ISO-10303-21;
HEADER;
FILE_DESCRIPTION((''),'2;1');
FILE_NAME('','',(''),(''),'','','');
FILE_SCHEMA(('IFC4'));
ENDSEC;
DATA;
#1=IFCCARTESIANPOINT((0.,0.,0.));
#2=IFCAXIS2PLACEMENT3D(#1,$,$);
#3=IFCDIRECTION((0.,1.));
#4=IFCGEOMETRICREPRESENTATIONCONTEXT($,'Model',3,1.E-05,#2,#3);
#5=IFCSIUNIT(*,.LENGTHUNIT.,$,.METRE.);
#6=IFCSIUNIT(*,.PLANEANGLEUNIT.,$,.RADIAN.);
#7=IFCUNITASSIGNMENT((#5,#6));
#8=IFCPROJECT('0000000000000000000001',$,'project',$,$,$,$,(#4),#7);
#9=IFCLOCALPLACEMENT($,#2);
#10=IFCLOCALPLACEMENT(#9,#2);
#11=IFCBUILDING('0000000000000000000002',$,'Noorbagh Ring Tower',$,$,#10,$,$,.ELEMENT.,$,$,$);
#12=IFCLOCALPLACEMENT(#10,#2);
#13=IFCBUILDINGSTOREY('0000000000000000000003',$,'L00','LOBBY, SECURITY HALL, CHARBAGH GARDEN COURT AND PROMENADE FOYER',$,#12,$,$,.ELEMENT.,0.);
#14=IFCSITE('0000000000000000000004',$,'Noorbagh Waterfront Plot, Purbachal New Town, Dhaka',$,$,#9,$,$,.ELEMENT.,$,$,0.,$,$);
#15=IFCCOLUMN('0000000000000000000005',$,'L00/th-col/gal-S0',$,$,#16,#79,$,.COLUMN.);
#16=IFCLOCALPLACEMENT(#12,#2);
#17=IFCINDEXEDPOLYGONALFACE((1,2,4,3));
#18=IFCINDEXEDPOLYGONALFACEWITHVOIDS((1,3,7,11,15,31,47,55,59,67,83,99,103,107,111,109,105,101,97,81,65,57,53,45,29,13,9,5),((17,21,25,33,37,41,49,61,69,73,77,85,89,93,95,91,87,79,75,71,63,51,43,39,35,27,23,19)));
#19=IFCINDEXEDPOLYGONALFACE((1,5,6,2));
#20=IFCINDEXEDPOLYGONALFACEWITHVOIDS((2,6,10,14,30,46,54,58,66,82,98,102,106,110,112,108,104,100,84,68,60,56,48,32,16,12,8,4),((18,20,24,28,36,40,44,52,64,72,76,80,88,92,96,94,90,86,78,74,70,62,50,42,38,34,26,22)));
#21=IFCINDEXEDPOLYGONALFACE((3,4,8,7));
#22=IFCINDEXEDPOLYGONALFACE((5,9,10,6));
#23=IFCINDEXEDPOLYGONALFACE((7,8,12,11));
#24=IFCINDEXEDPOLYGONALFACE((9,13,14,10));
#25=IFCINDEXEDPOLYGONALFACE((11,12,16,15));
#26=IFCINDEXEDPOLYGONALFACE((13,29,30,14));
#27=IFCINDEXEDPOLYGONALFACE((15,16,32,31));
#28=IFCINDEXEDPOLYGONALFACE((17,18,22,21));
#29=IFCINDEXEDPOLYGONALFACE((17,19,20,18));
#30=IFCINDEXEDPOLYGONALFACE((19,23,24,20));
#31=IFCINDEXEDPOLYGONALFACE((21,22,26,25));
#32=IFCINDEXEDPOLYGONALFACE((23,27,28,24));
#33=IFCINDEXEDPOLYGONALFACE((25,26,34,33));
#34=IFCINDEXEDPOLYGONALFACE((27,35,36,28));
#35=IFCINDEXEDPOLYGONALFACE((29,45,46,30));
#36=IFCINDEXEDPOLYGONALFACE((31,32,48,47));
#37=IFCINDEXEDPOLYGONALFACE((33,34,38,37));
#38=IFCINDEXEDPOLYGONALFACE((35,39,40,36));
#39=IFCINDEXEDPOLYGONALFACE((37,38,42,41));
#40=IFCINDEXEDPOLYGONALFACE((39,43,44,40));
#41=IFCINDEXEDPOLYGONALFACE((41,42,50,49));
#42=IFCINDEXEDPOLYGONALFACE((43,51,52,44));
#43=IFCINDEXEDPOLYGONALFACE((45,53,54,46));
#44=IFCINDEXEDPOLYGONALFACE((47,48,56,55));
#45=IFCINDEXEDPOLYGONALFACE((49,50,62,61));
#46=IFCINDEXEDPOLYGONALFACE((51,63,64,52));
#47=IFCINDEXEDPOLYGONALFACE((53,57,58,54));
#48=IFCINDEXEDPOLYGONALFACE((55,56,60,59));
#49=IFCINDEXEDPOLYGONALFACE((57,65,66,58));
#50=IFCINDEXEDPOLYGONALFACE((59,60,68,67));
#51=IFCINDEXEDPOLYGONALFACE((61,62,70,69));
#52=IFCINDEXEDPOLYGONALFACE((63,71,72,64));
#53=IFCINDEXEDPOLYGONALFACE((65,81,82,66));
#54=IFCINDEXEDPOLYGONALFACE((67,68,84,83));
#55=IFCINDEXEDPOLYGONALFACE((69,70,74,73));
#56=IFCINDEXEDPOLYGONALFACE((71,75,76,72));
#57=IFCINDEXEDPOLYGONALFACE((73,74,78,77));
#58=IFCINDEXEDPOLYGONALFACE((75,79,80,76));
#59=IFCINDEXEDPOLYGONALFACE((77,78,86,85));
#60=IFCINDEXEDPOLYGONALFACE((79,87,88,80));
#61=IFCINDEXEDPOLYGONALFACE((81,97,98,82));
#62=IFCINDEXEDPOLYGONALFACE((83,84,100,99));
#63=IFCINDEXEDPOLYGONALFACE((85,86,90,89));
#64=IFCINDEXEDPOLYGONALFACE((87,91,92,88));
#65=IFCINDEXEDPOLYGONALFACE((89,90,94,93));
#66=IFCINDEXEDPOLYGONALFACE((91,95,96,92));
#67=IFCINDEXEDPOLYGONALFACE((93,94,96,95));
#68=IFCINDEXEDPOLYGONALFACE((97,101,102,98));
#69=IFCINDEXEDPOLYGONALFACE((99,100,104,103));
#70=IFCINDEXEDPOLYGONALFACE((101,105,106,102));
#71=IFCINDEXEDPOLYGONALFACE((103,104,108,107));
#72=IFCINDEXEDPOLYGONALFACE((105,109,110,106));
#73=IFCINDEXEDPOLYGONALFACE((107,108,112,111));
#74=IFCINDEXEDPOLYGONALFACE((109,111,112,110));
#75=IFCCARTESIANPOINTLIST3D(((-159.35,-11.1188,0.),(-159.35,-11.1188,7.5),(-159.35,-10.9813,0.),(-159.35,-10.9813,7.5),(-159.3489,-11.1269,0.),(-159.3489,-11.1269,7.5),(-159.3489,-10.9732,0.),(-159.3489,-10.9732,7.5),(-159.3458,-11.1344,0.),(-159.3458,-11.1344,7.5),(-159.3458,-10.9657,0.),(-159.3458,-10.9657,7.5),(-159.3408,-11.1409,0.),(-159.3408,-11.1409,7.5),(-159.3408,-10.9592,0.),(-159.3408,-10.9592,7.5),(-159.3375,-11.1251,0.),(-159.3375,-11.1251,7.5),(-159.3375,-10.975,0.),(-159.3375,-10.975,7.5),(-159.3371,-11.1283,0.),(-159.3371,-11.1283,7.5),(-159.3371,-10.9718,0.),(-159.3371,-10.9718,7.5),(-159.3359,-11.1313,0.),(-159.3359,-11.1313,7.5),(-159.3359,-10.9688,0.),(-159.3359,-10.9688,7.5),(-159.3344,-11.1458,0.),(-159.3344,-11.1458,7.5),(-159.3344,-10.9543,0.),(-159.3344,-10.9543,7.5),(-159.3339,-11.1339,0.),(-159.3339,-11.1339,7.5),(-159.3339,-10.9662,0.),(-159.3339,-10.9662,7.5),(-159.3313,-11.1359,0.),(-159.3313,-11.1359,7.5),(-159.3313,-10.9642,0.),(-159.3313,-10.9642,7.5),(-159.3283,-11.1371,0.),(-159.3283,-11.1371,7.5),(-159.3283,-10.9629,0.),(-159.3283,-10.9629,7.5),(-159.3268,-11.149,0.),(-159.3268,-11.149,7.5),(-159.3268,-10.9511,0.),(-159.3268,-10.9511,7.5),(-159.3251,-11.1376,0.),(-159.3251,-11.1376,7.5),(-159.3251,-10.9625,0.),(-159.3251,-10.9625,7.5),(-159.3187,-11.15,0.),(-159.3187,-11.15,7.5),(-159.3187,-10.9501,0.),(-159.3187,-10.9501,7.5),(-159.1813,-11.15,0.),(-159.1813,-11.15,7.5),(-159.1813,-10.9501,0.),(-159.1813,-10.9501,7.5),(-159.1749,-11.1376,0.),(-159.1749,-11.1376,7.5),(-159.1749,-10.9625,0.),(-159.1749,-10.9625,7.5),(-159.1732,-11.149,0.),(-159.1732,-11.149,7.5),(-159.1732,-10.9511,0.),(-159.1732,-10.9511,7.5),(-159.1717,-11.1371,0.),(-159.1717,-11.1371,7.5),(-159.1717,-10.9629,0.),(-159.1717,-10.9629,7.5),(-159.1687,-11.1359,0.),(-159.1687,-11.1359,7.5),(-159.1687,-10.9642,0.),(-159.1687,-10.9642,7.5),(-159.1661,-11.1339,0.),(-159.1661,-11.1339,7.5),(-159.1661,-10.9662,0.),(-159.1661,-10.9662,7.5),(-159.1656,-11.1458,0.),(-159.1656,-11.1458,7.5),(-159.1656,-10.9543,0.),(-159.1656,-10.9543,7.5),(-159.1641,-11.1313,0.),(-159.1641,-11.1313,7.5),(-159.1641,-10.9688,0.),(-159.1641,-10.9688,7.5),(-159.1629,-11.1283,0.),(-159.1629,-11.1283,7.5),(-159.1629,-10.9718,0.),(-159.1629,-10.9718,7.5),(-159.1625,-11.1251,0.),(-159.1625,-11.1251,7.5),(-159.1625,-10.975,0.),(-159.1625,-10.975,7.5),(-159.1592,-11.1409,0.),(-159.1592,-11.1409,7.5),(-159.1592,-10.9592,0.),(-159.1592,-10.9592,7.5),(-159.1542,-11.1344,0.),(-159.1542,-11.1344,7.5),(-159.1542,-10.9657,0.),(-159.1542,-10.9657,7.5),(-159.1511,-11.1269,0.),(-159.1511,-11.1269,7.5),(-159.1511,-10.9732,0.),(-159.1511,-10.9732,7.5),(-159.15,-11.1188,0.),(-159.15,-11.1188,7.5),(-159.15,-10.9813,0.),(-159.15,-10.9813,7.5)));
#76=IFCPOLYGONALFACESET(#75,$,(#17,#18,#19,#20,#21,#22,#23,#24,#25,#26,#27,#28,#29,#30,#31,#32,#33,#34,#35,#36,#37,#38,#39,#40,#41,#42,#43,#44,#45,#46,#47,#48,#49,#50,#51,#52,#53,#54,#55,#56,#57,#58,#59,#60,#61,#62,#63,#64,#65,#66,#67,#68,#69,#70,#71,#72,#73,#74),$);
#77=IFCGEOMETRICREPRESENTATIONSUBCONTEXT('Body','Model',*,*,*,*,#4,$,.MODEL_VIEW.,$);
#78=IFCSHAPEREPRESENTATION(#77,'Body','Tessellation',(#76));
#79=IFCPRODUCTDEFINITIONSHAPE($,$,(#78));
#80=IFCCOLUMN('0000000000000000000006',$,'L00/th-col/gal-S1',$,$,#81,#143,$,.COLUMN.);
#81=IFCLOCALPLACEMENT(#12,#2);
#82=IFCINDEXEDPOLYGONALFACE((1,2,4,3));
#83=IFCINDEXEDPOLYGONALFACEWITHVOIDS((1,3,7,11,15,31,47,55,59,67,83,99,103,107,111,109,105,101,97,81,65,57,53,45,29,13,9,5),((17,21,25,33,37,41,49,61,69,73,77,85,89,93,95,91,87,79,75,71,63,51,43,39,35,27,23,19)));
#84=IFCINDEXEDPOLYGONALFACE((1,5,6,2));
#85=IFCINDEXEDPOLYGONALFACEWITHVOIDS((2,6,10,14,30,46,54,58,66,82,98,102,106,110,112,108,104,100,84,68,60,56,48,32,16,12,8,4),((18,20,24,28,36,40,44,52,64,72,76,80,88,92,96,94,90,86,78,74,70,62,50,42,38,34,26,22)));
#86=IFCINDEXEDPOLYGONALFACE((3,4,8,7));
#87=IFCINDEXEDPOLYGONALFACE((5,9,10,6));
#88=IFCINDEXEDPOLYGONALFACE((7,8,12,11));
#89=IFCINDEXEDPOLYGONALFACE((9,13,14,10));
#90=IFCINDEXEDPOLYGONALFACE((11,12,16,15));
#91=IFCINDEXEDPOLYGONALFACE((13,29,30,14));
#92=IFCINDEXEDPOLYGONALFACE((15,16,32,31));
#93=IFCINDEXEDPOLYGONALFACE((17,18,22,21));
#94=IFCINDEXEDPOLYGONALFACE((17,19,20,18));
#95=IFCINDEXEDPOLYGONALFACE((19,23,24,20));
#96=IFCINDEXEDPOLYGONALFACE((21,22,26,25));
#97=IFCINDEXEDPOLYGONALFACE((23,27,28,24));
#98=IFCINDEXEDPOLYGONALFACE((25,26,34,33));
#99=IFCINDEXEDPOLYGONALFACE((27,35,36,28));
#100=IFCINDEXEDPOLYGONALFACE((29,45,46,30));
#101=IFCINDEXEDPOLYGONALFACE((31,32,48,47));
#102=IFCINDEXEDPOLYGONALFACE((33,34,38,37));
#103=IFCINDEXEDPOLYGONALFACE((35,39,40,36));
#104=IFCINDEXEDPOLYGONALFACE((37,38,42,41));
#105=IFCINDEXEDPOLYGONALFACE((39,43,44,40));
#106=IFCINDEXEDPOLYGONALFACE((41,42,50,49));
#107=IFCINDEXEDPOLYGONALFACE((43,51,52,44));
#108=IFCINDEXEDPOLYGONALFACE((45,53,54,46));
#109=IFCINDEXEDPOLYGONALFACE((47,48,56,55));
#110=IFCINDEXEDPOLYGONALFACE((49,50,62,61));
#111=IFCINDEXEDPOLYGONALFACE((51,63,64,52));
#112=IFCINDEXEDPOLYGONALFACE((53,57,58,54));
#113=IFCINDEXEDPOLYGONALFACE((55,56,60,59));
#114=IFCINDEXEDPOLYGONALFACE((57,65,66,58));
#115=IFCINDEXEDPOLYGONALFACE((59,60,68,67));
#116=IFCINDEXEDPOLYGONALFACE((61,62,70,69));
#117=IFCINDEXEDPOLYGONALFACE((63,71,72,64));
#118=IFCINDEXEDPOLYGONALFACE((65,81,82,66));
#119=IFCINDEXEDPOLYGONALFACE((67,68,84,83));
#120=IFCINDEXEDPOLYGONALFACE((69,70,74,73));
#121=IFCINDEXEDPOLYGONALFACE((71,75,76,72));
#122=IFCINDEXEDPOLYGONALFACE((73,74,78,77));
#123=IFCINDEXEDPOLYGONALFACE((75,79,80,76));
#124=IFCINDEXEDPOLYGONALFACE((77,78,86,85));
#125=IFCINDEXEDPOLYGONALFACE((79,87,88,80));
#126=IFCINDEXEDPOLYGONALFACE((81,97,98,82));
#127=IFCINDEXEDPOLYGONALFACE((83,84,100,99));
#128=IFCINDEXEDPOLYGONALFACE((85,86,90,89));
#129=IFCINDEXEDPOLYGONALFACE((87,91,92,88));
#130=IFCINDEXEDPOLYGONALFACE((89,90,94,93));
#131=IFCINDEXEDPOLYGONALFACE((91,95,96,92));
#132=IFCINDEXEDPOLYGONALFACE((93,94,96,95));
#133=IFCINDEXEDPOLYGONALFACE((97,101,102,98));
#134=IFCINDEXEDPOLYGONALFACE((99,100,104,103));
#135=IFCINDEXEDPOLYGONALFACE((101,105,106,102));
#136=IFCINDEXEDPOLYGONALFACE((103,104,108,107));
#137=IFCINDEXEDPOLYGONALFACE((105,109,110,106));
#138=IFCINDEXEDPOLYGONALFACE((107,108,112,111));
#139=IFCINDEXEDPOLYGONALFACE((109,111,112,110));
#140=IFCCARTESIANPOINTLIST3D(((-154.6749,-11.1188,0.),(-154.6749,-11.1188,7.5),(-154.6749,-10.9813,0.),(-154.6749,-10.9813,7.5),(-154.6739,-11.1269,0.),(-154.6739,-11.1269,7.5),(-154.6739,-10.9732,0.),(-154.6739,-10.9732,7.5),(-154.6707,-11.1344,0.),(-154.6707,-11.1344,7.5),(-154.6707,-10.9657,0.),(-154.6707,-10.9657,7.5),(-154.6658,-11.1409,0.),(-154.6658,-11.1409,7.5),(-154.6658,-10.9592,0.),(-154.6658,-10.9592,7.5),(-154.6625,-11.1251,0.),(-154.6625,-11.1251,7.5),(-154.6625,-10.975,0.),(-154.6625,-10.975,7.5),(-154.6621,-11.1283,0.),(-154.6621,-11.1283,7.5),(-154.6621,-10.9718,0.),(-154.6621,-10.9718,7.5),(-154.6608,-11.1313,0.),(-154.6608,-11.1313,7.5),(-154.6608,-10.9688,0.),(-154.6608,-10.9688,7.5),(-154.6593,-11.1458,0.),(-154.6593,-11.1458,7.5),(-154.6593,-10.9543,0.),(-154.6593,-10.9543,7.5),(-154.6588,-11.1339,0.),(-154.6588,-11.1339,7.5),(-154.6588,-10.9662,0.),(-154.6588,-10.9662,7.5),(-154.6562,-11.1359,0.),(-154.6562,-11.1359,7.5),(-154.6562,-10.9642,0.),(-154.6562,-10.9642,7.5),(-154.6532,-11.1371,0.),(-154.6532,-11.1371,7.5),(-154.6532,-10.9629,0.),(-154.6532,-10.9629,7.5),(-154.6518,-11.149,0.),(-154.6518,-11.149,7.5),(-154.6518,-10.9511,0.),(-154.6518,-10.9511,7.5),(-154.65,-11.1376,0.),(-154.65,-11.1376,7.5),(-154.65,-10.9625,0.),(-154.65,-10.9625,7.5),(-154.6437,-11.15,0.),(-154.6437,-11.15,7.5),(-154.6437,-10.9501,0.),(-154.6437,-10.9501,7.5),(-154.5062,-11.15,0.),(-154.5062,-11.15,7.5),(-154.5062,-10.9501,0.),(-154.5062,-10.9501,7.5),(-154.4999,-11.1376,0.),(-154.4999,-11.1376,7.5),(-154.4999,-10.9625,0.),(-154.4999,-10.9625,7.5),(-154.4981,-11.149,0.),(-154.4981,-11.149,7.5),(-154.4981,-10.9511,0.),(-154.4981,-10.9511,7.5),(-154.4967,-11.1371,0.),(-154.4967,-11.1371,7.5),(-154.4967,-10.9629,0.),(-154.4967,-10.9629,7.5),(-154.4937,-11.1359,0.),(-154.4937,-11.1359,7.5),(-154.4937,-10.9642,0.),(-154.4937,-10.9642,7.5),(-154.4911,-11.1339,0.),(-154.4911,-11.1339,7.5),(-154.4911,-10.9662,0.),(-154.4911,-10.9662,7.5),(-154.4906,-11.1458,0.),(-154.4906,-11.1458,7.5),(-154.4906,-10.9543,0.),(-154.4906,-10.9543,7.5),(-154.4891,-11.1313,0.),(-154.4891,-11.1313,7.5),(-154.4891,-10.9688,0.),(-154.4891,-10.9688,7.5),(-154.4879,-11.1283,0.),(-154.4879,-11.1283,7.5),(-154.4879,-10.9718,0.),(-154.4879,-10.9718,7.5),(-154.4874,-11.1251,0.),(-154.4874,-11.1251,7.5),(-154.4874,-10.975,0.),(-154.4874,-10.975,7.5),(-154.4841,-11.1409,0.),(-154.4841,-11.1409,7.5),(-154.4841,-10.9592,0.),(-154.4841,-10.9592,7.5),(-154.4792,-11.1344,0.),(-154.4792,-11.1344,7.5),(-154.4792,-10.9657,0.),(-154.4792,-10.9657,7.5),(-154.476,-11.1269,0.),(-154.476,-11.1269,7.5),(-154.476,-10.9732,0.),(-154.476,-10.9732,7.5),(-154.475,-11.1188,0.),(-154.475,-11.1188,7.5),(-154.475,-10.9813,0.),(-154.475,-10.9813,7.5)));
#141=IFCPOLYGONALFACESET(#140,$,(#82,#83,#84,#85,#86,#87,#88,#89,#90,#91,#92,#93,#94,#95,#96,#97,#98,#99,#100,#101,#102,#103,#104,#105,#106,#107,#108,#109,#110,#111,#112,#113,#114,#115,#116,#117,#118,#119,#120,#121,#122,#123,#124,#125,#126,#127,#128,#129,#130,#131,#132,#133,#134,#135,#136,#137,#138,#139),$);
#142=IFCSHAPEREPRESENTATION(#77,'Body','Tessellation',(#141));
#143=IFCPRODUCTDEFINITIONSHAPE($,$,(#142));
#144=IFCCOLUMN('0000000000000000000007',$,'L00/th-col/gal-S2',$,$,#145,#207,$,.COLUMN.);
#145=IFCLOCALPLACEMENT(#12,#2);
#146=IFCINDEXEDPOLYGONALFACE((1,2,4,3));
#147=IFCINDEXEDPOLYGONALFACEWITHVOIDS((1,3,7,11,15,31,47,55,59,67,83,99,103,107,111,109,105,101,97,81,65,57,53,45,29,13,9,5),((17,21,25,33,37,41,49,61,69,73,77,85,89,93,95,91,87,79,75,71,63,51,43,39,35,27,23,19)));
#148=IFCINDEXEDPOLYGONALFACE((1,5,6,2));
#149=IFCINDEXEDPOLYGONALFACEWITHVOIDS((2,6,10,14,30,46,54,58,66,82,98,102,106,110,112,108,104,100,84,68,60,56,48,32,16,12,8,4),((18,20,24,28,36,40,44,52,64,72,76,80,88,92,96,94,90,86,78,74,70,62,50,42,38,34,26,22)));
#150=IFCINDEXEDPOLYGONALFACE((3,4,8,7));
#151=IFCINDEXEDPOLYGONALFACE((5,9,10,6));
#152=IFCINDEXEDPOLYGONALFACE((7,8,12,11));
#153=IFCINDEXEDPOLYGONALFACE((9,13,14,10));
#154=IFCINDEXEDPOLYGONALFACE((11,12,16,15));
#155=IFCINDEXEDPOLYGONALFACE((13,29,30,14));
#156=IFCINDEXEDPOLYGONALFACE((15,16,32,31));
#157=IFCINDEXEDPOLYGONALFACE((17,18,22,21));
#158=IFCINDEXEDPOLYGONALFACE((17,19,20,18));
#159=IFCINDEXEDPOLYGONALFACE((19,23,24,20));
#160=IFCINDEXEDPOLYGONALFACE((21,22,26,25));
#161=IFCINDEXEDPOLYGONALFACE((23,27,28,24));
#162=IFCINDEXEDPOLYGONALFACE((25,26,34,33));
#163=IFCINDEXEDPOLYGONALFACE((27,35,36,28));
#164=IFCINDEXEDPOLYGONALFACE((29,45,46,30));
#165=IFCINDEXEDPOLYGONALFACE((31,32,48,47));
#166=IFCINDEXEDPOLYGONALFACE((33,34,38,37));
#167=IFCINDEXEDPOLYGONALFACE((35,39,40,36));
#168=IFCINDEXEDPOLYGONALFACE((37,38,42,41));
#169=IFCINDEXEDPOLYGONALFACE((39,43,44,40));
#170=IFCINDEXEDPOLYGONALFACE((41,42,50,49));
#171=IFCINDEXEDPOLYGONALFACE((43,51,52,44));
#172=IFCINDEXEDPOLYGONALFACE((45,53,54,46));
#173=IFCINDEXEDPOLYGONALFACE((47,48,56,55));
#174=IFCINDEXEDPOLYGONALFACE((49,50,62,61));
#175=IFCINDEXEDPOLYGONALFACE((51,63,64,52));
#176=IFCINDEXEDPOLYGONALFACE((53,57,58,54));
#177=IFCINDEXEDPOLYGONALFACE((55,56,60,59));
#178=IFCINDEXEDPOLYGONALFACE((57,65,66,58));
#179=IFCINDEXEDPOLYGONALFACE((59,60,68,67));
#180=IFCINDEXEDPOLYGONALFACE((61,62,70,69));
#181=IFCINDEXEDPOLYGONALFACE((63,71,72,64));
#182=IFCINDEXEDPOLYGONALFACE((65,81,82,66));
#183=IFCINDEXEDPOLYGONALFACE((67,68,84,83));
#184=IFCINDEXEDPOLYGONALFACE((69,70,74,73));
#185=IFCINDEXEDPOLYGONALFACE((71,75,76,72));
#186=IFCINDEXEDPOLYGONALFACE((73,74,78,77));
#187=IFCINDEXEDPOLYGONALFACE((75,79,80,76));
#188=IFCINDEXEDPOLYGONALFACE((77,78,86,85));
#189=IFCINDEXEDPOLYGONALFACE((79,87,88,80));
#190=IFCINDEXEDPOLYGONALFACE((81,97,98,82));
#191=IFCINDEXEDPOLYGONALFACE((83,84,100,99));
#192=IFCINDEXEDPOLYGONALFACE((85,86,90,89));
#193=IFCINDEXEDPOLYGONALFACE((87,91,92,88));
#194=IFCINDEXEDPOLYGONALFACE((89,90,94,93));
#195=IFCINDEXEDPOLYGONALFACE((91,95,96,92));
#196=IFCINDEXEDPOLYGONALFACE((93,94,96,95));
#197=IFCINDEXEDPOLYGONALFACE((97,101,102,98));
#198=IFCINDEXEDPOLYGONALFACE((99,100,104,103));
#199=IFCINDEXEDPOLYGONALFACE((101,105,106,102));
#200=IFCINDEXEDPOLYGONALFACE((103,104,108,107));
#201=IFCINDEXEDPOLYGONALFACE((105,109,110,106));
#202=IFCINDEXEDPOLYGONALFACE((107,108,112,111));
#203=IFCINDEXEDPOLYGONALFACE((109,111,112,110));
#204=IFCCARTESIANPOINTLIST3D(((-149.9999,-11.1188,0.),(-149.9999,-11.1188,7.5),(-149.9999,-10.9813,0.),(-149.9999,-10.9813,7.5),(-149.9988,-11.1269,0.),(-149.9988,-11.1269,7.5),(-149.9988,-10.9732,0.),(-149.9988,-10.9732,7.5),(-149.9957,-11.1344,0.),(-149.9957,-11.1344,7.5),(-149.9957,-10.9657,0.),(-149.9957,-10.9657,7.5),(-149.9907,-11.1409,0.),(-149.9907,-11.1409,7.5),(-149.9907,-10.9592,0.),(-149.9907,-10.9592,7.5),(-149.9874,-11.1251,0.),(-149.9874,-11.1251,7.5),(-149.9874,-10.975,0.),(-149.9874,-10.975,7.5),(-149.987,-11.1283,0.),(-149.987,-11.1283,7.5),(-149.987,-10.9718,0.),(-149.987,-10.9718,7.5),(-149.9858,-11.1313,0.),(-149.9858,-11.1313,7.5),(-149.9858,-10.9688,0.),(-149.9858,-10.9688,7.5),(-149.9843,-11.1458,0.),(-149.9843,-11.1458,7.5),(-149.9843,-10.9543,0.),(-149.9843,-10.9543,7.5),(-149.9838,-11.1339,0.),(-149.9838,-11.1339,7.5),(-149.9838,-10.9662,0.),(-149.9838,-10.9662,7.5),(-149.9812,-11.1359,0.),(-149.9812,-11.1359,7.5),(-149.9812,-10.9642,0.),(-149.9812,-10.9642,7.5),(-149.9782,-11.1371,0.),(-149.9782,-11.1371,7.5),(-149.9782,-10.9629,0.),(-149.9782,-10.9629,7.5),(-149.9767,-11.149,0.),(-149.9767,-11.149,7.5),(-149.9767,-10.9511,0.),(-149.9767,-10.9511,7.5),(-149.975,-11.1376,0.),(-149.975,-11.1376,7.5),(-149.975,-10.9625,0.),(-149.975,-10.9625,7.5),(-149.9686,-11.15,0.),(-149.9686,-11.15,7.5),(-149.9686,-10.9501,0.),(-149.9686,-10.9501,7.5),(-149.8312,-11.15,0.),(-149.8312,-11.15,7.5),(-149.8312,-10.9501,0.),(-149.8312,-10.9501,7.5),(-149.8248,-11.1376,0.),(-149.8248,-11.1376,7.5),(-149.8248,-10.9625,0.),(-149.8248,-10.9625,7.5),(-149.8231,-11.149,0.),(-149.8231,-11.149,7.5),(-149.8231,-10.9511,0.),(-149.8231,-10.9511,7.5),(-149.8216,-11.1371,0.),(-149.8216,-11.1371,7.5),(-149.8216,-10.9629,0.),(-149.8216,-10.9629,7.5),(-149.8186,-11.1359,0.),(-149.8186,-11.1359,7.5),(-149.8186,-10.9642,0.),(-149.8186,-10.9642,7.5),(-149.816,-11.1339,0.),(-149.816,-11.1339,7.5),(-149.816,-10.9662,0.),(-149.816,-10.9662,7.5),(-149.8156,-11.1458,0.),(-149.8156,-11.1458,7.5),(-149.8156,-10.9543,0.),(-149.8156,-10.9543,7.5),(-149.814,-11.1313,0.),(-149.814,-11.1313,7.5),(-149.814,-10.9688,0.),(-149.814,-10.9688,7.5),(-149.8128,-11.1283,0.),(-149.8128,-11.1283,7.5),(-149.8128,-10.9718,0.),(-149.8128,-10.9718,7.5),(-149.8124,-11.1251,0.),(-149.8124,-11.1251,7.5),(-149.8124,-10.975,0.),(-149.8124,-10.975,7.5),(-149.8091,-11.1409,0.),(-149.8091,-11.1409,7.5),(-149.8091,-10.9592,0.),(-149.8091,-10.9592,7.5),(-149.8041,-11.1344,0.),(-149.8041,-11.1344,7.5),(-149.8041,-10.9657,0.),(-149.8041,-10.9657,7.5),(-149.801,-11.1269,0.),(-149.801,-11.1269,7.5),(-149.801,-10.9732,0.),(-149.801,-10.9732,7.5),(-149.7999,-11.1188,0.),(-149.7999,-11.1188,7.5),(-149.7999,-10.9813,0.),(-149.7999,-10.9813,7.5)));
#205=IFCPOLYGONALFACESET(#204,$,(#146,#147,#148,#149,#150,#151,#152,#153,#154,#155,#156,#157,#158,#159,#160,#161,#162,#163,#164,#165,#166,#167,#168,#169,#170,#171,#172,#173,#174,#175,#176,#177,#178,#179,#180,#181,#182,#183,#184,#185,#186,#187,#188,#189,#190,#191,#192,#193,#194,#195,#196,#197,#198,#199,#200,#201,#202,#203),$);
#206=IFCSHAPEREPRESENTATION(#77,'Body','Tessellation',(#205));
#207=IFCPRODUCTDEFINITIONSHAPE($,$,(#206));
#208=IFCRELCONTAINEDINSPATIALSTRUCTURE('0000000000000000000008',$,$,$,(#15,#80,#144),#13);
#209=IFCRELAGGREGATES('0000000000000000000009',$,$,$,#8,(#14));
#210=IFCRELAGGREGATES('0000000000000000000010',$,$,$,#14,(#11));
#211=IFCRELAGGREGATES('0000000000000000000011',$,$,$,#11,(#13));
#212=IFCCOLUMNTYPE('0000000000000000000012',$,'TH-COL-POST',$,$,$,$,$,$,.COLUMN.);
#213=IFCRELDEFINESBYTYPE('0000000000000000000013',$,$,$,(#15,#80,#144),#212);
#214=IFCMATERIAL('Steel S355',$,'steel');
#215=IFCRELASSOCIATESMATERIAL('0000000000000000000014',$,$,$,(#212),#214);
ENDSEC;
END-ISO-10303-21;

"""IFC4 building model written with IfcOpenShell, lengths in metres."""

from ifc_helpers import new_model, si_unit, direction, frame, origin, origin_2d, place, context, subcontext, project, spatial, hollow_rectangle, extrude, material, material_profile, profile_set, type_object, element, save


model = new_model("IFC4")

# Units and contexts
model_context = context("Model", 3, precision=1e-05, world=origin(), true_north=direction((0.0, 1.0)))
body_context = subcontext(model_context, "Body", "Model", "MODEL_VIEW")
ifc_project = project(units=[si_unit("LENGTHUNIT", "METRE"), si_unit("PLANEANGLEUNIT", "RADIAN")], contexts=[model_context])

# Site, building, storey
site_placement = place(None, origin())
site = spatial("IfcSite", under=ifc_project, at=site_placement, Name="Noorbagh Waterfront Plot, Purbachal New Town, Dhaka", CompositionType="ELEMENT", RefElevation=0.0)
building_placement = place(site_placement, origin())
building = spatial("IfcBuilding", under=site, at=building_placement, Name="Noorbagh Ring Tower", CompositionType="ELEMENT")
storey_placement = place(building_placement, origin())
storey = spatial("IfcBuildingStorey", under=building, at=storey_placement, Name="L00", Description="LOBBY, SECURITY HALL, CHARBAGH GARDEN COURT AND PROMENADE FOYER", CompositionType="ELEMENT", Elevation=0.0)

# Columns
ifc_material_1 = material(Name="Steel S355", Category="steel")
ifc_material_profile = material_profile(ifc_material_1, hollow_rectangle(XDim=0.2, YDim=0.2, WallThickness=0.0125, InnerFilletRadius=0.0125, OuterFilletRadius=0.0312, at=origin_2d()), Name="SHS200x200x12.5")
ifc_profile_set = profile_set([ifc_material_profile], Name="Steel S355")
column_type = type_object("IfcColumnType", Name="TH-COL-POST", PredefinedType="COLUMN", material=ifc_profile_set)
for number, where, z_axis, x_axis, name in (
    (1, (-159.25, -11.05, 0.0), (0.0, 0.0, 1.0), (1.0, 0.0, 0.0), "L00/th-col/gal-S0"),
    (2, (-154.575, -11.05, 0.0), (0.0, 0.0, 1.0), (1.0, 0.0, 0.0), "L00/th-col/gal-S1"),
    (3, (-149.8999, -11.05, 0.0), (0.0, 0.0, 1.0), (1.0, 0.0, 0.0), "L00/th-col/gal-S2"),
):
    element("IfcColumn", number, at=place(storey_placement, frame(where, z_axis=z_axis, x_axis=x_axis)), inside=storey, type_object=column_type, Name=name, PredefinedType="COLUMN", context=body_context, shape_type="SweptSolid", body=[
        extrude(hollow_rectangle(XDim=0.2, YDim=0.2, WallThickness=0.0125, InnerFilletRadius=0.0125, OuterFilletRadius=0.0312, at=origin_2d()), origin(), (0.0, 0.0, 1.0), 7.5),
    ])

save(model, "model.ifc")
